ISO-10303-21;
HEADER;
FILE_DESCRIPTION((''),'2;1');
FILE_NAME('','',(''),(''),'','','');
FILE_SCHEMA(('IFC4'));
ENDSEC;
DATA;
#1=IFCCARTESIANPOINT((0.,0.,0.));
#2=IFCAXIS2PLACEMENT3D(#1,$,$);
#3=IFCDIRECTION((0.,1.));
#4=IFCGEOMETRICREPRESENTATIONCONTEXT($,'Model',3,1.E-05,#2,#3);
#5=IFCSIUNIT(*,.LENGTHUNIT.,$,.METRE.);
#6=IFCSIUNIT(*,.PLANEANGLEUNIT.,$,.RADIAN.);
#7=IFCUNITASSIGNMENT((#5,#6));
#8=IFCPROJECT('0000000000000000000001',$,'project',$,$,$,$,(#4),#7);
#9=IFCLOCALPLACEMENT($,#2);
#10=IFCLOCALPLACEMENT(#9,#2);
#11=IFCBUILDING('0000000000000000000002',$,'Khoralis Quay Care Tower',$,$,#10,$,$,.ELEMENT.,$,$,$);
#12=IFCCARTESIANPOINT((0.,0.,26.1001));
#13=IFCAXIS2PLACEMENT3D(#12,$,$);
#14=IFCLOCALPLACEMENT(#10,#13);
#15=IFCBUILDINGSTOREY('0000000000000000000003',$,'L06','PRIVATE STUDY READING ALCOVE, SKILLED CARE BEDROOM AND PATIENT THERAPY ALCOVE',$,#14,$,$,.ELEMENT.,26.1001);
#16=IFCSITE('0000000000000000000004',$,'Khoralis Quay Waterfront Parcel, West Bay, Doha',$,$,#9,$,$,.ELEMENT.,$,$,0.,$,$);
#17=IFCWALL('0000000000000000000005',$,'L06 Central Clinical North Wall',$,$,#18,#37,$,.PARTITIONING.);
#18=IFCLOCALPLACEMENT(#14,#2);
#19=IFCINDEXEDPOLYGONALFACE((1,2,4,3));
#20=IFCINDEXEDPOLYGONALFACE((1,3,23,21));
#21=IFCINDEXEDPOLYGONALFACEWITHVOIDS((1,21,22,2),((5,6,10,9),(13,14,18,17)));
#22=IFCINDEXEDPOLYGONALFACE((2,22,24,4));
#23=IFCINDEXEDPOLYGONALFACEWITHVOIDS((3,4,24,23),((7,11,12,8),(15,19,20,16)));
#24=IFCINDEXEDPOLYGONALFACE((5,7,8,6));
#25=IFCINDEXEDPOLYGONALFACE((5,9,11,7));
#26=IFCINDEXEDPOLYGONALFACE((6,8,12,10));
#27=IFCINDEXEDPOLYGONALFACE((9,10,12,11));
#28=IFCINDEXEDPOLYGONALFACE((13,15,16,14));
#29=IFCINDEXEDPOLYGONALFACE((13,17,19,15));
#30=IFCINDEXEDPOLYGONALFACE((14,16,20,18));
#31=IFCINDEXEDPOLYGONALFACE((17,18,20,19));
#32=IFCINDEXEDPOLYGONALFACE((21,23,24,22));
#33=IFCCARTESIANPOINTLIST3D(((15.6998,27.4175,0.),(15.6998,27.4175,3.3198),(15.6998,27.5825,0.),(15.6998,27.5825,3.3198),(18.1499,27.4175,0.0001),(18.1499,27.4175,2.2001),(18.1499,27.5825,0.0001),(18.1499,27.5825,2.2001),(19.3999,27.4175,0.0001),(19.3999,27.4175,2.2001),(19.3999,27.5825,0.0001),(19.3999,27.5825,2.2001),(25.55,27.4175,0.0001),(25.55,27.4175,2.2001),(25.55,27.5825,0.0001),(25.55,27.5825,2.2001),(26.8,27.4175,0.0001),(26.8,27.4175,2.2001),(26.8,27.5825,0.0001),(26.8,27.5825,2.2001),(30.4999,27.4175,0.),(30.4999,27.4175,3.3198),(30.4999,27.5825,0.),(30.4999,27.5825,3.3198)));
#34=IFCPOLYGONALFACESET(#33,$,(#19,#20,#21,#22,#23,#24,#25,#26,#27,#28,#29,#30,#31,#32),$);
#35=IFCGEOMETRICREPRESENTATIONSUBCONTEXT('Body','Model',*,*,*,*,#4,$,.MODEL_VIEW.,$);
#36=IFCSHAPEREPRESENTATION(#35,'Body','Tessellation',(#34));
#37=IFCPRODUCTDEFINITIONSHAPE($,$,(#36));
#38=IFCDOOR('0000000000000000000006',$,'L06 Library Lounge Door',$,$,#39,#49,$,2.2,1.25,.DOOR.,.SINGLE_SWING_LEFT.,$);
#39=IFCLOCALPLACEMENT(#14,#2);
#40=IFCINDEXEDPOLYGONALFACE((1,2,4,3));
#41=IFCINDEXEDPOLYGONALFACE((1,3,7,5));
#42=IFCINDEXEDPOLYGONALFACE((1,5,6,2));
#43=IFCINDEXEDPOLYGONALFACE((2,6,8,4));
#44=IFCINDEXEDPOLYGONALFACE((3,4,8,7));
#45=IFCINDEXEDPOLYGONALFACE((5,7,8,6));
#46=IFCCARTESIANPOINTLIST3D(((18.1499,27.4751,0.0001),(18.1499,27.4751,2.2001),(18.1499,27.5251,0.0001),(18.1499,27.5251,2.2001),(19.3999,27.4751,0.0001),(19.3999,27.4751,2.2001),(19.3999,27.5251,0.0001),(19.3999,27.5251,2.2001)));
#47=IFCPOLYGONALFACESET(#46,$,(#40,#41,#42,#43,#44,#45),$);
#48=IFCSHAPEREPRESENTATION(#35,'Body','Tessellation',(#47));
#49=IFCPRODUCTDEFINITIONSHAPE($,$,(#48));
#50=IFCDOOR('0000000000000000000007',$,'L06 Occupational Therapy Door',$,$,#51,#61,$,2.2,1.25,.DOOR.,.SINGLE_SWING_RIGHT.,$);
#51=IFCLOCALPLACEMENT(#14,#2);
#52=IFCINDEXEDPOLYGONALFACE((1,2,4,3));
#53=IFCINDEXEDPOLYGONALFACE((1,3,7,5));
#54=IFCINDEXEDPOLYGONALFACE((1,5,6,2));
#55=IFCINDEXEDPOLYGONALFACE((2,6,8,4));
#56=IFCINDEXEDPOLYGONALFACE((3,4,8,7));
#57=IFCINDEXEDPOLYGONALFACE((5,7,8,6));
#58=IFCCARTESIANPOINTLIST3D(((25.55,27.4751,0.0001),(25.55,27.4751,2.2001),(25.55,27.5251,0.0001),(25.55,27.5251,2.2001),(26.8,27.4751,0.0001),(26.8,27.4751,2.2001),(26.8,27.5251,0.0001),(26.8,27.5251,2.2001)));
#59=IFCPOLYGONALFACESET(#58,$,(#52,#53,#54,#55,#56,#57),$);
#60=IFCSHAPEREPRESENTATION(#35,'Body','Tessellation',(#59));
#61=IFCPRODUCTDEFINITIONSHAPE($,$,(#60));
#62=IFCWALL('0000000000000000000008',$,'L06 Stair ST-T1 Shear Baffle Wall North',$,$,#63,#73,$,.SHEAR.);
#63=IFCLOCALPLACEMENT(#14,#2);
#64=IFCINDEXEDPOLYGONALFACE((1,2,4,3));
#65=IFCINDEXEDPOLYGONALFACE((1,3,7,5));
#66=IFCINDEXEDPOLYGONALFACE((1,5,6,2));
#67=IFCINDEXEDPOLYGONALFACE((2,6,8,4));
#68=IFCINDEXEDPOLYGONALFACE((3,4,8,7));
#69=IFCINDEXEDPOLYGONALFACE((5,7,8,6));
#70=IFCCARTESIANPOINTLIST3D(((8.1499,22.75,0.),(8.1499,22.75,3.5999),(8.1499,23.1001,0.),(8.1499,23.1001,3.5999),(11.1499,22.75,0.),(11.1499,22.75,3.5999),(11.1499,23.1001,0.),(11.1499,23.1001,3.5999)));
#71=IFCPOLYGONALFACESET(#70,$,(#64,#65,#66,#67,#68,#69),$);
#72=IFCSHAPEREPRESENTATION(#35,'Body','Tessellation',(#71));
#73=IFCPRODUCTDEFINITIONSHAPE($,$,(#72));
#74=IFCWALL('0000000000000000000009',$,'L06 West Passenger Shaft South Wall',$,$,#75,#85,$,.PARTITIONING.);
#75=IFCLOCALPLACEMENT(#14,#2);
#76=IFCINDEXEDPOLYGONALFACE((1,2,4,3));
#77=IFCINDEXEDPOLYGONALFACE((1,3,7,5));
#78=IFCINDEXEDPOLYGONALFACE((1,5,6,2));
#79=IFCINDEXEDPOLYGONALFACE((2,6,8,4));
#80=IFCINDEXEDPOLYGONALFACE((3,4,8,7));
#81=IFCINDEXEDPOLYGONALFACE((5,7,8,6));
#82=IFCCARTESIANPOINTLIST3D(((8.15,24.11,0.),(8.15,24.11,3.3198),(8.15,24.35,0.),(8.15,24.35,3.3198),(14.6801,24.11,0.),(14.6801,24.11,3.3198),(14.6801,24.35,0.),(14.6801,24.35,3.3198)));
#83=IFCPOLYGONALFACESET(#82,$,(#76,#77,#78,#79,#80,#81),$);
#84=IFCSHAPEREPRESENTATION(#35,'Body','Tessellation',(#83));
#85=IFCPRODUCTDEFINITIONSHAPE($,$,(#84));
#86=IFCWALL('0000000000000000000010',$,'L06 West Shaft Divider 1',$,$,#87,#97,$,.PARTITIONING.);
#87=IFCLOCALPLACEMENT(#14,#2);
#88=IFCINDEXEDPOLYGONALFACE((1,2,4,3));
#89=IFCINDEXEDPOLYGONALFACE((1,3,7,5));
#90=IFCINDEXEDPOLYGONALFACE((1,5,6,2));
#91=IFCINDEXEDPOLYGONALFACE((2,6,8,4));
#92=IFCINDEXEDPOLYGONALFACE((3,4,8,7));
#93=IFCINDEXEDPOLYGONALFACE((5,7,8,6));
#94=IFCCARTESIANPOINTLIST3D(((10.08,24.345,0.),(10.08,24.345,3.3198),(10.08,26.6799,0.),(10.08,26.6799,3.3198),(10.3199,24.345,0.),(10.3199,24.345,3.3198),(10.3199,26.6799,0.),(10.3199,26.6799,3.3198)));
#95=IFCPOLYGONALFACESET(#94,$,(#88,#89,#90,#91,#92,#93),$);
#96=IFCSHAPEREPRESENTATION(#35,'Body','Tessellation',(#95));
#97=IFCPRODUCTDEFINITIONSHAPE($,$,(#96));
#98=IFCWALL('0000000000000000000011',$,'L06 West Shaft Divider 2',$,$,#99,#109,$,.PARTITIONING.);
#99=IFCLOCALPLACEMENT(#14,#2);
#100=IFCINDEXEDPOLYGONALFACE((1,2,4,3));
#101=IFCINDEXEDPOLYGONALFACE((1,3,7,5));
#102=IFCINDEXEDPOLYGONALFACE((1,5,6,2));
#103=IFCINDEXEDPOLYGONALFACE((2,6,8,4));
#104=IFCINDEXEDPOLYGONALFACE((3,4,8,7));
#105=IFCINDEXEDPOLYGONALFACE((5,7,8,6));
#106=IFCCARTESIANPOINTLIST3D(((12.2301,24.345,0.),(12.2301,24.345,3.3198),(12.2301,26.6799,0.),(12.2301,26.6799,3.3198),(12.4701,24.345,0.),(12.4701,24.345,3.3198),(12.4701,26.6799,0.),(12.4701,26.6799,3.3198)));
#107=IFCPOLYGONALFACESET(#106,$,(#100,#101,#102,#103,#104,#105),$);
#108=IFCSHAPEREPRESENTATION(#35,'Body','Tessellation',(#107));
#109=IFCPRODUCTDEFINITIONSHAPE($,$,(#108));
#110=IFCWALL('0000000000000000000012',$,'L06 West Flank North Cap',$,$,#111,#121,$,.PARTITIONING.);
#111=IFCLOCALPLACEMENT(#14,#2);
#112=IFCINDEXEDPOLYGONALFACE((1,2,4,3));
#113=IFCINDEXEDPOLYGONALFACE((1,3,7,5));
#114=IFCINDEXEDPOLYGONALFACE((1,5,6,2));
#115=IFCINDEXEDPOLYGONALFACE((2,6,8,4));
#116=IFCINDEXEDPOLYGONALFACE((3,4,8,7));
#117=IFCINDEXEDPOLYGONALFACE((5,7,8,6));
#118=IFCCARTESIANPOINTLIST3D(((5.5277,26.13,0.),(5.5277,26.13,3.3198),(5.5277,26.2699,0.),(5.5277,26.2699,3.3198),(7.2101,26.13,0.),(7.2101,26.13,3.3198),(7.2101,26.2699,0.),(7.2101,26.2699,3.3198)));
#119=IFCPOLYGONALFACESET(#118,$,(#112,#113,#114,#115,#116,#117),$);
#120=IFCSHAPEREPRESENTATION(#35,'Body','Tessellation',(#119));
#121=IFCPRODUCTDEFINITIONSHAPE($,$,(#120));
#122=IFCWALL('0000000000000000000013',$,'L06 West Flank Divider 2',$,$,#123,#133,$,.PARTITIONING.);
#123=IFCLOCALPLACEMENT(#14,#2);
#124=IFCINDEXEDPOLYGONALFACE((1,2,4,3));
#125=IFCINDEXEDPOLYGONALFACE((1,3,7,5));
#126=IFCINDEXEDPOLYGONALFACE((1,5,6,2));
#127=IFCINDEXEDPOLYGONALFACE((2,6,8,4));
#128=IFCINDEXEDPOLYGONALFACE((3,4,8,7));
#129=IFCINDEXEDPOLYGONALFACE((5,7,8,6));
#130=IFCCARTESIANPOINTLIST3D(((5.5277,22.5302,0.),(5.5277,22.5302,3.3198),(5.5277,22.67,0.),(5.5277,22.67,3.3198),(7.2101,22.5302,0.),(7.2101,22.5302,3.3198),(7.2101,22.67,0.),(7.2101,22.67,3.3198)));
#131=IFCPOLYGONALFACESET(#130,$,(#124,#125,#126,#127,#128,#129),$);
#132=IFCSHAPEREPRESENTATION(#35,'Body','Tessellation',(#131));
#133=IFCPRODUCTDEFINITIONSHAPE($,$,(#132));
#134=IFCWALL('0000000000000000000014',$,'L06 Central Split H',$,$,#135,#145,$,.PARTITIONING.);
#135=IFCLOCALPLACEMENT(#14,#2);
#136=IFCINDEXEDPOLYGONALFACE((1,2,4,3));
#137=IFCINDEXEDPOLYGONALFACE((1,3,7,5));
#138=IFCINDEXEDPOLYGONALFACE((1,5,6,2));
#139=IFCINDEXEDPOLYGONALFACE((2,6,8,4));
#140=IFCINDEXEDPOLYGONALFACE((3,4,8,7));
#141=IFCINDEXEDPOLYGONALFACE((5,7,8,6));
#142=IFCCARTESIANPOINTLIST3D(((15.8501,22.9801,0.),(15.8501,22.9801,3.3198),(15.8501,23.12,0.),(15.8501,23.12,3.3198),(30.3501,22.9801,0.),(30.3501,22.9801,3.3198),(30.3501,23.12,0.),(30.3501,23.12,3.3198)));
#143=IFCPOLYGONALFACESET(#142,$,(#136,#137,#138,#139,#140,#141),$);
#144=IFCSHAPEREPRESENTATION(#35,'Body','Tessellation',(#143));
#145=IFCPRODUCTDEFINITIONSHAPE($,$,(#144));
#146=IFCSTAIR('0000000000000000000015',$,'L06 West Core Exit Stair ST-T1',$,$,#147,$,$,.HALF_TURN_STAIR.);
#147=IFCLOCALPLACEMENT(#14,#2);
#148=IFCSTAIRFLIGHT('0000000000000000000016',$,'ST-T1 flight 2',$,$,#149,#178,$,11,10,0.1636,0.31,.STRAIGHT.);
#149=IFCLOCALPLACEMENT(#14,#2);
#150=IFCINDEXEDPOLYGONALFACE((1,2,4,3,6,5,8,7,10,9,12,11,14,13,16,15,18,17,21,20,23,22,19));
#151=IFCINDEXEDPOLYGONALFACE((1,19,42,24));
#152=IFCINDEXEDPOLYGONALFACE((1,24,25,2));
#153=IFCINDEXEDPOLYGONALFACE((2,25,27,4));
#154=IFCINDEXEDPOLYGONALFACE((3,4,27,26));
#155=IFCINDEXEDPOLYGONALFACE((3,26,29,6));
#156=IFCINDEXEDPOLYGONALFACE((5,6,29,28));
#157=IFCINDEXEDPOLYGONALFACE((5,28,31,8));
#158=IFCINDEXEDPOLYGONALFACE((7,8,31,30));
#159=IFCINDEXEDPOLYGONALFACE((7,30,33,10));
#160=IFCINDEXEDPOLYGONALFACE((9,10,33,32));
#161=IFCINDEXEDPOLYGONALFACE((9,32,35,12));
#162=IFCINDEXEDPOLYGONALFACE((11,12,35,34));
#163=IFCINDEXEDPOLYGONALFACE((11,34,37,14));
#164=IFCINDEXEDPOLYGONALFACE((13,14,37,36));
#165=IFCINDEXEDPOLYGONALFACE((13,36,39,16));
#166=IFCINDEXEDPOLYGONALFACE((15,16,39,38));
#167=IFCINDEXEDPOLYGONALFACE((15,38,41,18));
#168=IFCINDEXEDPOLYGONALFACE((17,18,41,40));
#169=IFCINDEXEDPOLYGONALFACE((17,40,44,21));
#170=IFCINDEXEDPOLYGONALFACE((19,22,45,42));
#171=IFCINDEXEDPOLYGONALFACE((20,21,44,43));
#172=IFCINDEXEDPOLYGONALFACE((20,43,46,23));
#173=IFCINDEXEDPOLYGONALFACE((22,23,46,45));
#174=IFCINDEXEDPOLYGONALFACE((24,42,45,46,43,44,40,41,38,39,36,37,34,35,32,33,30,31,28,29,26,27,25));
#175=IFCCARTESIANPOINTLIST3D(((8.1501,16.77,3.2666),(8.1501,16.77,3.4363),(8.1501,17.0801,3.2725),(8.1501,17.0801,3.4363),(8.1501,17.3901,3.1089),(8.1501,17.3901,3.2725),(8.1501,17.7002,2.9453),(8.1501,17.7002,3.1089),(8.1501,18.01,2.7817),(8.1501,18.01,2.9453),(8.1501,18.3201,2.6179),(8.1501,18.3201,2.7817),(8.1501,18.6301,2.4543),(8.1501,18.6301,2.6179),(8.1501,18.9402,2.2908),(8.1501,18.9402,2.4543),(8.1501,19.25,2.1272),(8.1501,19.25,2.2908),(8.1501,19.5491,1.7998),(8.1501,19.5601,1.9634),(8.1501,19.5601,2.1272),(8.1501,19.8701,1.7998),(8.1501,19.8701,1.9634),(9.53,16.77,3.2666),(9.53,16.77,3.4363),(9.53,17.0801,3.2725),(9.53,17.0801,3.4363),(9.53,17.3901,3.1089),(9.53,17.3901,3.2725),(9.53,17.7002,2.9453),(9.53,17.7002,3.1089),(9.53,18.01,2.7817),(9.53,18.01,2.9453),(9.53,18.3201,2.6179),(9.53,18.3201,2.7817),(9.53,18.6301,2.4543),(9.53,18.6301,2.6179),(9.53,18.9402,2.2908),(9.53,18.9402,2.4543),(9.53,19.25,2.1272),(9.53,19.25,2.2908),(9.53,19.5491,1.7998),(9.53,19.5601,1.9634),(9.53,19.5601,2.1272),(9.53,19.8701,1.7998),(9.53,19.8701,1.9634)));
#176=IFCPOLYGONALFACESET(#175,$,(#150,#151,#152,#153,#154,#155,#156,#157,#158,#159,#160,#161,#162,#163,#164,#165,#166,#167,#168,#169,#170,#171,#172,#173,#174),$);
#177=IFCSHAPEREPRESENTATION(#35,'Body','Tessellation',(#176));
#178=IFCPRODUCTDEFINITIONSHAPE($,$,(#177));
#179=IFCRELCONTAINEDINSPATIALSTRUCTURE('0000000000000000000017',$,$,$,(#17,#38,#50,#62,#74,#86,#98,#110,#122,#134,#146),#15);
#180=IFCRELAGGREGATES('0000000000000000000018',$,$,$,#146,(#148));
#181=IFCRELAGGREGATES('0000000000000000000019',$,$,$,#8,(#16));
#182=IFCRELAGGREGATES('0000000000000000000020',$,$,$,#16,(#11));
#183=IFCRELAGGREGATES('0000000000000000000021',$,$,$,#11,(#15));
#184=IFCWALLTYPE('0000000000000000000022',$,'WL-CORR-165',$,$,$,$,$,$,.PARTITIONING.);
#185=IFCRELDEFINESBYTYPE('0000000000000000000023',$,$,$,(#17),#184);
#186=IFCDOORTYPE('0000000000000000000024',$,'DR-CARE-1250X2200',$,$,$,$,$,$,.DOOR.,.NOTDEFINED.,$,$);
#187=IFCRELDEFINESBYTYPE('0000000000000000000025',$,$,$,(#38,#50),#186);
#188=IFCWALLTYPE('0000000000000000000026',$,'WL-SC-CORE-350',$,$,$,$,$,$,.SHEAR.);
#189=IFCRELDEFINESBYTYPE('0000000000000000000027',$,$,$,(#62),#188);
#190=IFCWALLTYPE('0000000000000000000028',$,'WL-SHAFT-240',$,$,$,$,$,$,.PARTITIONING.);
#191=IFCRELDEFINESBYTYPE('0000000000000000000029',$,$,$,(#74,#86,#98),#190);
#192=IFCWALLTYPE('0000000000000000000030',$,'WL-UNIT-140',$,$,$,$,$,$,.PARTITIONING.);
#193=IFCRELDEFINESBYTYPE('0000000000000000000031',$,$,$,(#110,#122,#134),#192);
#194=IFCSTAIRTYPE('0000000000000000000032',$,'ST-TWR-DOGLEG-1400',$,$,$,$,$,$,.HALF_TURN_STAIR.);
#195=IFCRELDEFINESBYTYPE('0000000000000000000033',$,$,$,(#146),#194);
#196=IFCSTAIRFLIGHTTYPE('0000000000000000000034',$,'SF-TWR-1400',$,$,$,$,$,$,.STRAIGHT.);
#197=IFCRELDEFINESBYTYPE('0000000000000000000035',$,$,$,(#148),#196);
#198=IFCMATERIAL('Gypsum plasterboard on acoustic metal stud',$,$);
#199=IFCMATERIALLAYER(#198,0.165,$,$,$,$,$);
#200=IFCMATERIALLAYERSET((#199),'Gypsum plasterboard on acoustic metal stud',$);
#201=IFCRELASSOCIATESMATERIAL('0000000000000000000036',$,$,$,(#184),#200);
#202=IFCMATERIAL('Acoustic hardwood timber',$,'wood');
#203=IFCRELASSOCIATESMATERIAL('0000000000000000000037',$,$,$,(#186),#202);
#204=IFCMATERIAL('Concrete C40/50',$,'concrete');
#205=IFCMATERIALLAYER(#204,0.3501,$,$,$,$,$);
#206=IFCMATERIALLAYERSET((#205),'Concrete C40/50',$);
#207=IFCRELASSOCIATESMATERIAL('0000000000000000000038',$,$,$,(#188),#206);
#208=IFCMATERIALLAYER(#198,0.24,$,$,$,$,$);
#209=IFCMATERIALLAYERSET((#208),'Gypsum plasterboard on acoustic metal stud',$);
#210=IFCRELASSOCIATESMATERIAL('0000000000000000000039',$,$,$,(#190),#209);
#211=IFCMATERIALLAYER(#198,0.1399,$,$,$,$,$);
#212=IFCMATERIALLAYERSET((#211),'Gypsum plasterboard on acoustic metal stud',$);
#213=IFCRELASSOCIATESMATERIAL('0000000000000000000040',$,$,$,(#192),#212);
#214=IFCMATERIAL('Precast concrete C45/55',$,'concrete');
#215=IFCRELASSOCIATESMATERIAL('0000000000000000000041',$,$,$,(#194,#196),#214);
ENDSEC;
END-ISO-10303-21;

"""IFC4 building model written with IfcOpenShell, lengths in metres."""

from ifc_helpers import new_model, si_unit, direction, frame, frame_2d, origin, place, context, subcontext, project, spatial, polyline, rectangle, outline, extrude, source, transform, mapped, material, layer, layer_set, type_object, element, fill, aggregate, save


model = new_model("IFC4")

# Units and contexts
model_context = context("Model", 3, precision=1e-05, world=origin(), true_north=direction((0.0, 1.0)))
body_context = subcontext(model_context, "Body", "Model", "MODEL_VIEW")
ifc_project = project(units=[si_unit("LENGTHUNIT", "METRE"), si_unit("PLANEANGLEUNIT", "RADIAN")], contexts=[model_context])

# Site, building, storey
site_placement = place(None, origin())
site = spatial("IfcSite", under=ifc_project, at=site_placement, Name="Khoralis Quay Waterfront Parcel, West Bay, Doha", CompositionType="ELEMENT", RefElevation=0.0)
building_placement = place(site_placement, origin())
building = spatial("IfcBuilding", under=site, at=building_placement, Name="Khoralis Quay Care Tower", CompositionType="ELEMENT")
storey_placement = place(building_placement, frame((0.0, 0.0, 26.1001)))
storey = spatial("IfcBuildingStorey", under=building, at=storey_placement, Name="L06", Description="PRIVATE STUDY READING ALCOVE, SKILLED CARE BEDROOM AND PATIENT THERAPY ALCOVE", CompositionType="ELEMENT", Elevation=26.1001)

# Shared definitions
ifc_material_1 = material(Name="Gypsum plasterboard on acoustic metal stud")
ifc_layer_1 = layer(ifc_material_1, 0.165)
ifc_layer_set_1 = layer_set([ifc_layer_1], Name="Gypsum plasterboard on acoustic metal stud")
wall_type_1 = type_object("IfcWallType", Name="WL-CORR-165", PredefinedType="PARTITIONING", material=ifc_layer_set_1)

# Wall, openings, doors
wall_1_placement = place(storey_placement, frame((15.7, 27.5, 0.0), z_axis=(0.0, 0.0, 1.0), x_axis=(1.0, 0.0, 0.0)))
wall_1 = element("IfcWall", 1, at=wall_1_placement, inside=storey, type_object=wall_type_1, Name="L06 Central Clinical North Wall", PredefinedType="PARTITIONING", context=body_context, shape_type="SweptSolid", body=[
    extrude(rectangle(XDim=14.8, YDim=0.165, at=frame_2d((7.3999, 0.0))), origin(), (0.0, 0.0, 1.0), 3.3198),
])
opening_1_placement = place(wall_1_placement, frame((2.45, 0.0, 0.0)))
opening_1 = element("IfcOpeningElement", 2, at=opening_1_placement, cuts=wall_1, PredefinedType="OPENING", context=body_context, shape_type="SweptSolid", body=[
    extrude(rectangle(XDim=1.25, YDim=2.2, at=frame_2d((0.625, 1.1001))), frame((0.0, 0.0925, 0.0), z_axis=(0.0, -1.0, 0.0), x_axis=(1.0, 0.0, 0.0)), (0.0, 0.0, 1.0), 0.1851),
])
opening_2_placement = place(wall_1_placement, frame((9.8501, 0.0, 0.0)))
opening_2 = element("IfcOpeningElement", 3, at=opening_2_placement, cuts=wall_1, PredefinedType="OPENING", context=body_context, shape_type="SweptSolid", body=[
    extrude(rectangle(XDim=1.25, YDim=2.2, at=frame_2d((0.625, 1.1001))), frame((0.0, 0.0925, 0.0), z_axis=(0.0, -1.0, 0.0), x_axis=(1.0, 0.0, 0.0)), (0.0, 0.0, 1.0), 0.1851),
])
ifc_material_2 = material(Name="Acoustic hardwood timber", Category="wood")
door_type_1 = type_object("IfcDoorType", Name="DR-CARE-1250X2200", OperationType="NOTDEFINED", PredefinedType="DOOR", material=ifc_material_2)
shared_shape_1 = source(origin(), body_context, "Body", "SweptSolid", [
    extrude(rectangle(XDim=1.25, YDim=2.2, at=frame_2d((0.625, 1.1001))), frame((0.0, 0.0249, 0.0), z_axis=(0.0, -1.0, 0.0), x_axis=(1.0, 0.0, 0.0)), (0.0, 0.0, 1.0), 0.05),
])
door_1_placement = place(opening_1_placement, frame((1.25, 0.0, 0.0), z_axis=(0.0, 0.0, 1.0), x_axis=(-1.0, 0.0, 0.0)))
door_1 = element("IfcDoor", 4, at=door_1_placement, inside=storey, type_object=door_type_1, Name="L06 Library Lounge Door", OperationType="SINGLE_SWING_LEFT", OverallHeight=2.2, OverallWidth=1.25, PredefinedType="DOOR", context=body_context, shape_type="MappedRepresentation", body=[
    mapped(shared_shape_1, transform((0.0, 0.0, 0.0), scale=1.0)),
])
fill(opening_1, door_1)
door_2_placement = place(opening_2_placement, frame((1.25, 0.0, 0.0), z_axis=(0.0, 0.0, 1.0), x_axis=(-1.0, 0.0, 0.0)))
door_2 = element("IfcDoor", 5, at=door_2_placement, inside=storey, type_object=door_type_1, Name="L06 Occupational Therapy Door", OperationType="SINGLE_SWING_RIGHT", OverallHeight=2.2, OverallWidth=1.25, PredefinedType="DOOR", context=body_context, shape_type="MappedRepresentation", body=[
    mapped(shared_shape_1, transform((0.0, 0.0, 0.0), scale=1.0)),
])
fill(opening_2, door_2)

# Walls
ifc_material_3 = material(Name="Concrete C40/50", Category="concrete")
ifc_layer_2 = layer(ifc_material_3, 0.3501)
ifc_layer_set_2 = layer_set([ifc_layer_2], Name="Concrete C40/50")
wall_type_2 = type_object("IfcWallType", Name="WL-SC-CORE-350", PredefinedType="SHEAR", material=ifc_layer_set_2)
wall_2_placement = place(storey_placement, frame((8.1499, 22.925, 0.0), z_axis=(0.0, 0.0, 1.0), x_axis=(1.0, 0.0, 0.0)))
element("IfcWall", 6, at=wall_2_placement, inside=storey, type_object=wall_type_2, Name="L06 Stair ST-T1 Shear Baffle Wall North", PredefinedType="SHEAR", context=body_context, shape_type="SweptSolid", body=[
    extrude(rectangle(XDim=3.0, YDim=0.3501, at=frame_2d((1.5, 0.0))), origin(), (0.0, 0.0, 1.0), 3.5999),
])
ifc_layer_3 = layer(ifc_material_1, 0.24)
ifc_layer_set_3 = layer_set([ifc_layer_3], Name="Gypsum plasterboard on acoustic metal stud")
wall_type_3 = type_object("IfcWallType", Name="WL-SHAFT-240", PredefinedType="PARTITIONING", material=ifc_layer_set_3)
wall_3_placement = place(storey_placement, frame((8.1499, 24.23, 0.0), z_axis=(0.0, 0.0, 1.0), x_axis=(1.0, 0.0, 0.0)))
element("IfcWall", 7, at=wall_3_placement, inside=storey, type_object=wall_type_3, Name="L06 West Passenger Shaft South Wall", PredefinedType="PARTITIONING", context=body_context, shape_type="SweptSolid", body=[
    extrude(rectangle(XDim=6.53, YDim=0.24, at=frame_2d((3.2651, 0.0))), origin(), (0.0, 0.0, 1.0), 3.3198),
])
for number, where, z_axis, x_axis, name in (
    (8, (10.2, 24.345, 0.0), (0.0, 0.0, 1.0), (0.0, 1.0, 0.0), "L06 West Shaft Divider 1"),
    (9, (12.3501, 24.345, 0.0), (0.0, 0.0, 1.0), (0.0, 1.0, 0.0), "L06 West Shaft Divider 2"),
):
    element("IfcWall", number, at=place(storey_placement, frame(where, z_axis=z_axis, x_axis=x_axis)), inside=storey, type_object=wall_type_3, Name=name, PredefinedType="PARTITIONING", context=body_context, shape_type="SweptSolid", body=[
        extrude(rectangle(XDim=2.335, YDim=0.24, at=frame_2d((1.1675, 0.0))), origin(), (0.0, 0.0, 1.0), 3.3198),
    ])
ifc_layer_4 = layer(ifc_material_1, 0.1399)
ifc_layer_set_4 = layer_set([ifc_layer_4], Name="Gypsum plasterboard on acoustic metal stud")
wall_type_4 = type_object("IfcWallType", Name="WL-UNIT-140", PredefinedType="PARTITIONING", material=ifc_layer_set_4)
for number, where, z_axis, x_axis, name in (
    (10, (5.5276, 26.2, 0.0), (0.0, 0.0, 1.0), (1.0, 0.0, 0.0), "L06 West Flank North Cap"),
    (11, (5.5276, 22.6001, 0.0), (0.0, 0.0, 1.0), (1.0, 0.0, 0.0), "L06 West Flank Divider 2"),
):
    element("IfcWall", number, at=place(storey_placement, frame(where, z_axis=z_axis, x_axis=x_axis)), inside=storey, type_object=wall_type_4, Name=name, PredefinedType="PARTITIONING", context=body_context, shape_type="SweptSolid", body=[
        extrude(rectangle(XDim=1.6824, YDim=0.1399, at=frame_2d((0.8413, 0.0))), origin(), (0.0, 0.0, 1.0), 3.3198),
    ])
wall_4_placement = place(storey_placement, frame((15.8501, 23.05, 0.0), z_axis=(0.0, 0.0, 1.0), x_axis=(1.0, 0.0, 0.0)))
element("IfcWall", 12, at=wall_4_placement, inside=storey, type_object=wall_type_4, Name="L06 Central Split H", PredefinedType="PARTITIONING", context=body_context, shape_type="SweptSolid", body=[
    extrude(rectangle(XDim=14.5, YDim=0.1399, at=frame_2d((7.25, 0.0))), origin(), (0.0, 0.0, 1.0), 3.3198),
])

# Stair, stair flight
ifc_material_4 = material(Name="Precast concrete C45/55", Category="concrete")
stair_type = type_object("IfcStairType", Name="ST-TWR-DOGLEG-1400", PredefinedType="HALF_TURN_STAIR", material=ifc_material_4)
stair_placement = place(storey_placement, origin())
stair = element("IfcStair", 13, at=stair_placement, inside=storey, type_object=stair_type, Name="L06 West Core Exit Stair ST-T1", PredefinedType="HALF_TURN_STAIR")
stair_flight_type = type_object("IfcStairFlightType", Name="SF-TWR-1400", PredefinedType="STRAIGHT", material=ifc_material_4)
shared_shape_2 = source(origin(), body_context, "Body", "SweptSolid", [
    extrude(outline(polyline([(0.0, 0.0), (0.0, 0.1636), (0.3101, 0.1636), (0.3101, 0.3274), (0.6201, 0.3274), (0.6201, 0.491), (0.9299, 0.491), (0.9299, 0.6545), (1.24, 0.6545), (1.24, 0.8181), (1.55, 0.8181), (1.55, 0.9819), (1.8601, 0.9819), (1.8601, 1.1455), (2.1699, 1.1455), (2.1699, 1.3091), (2.48, 1.3091), (2.48, 1.4727), (2.79, 1.4727), (2.79, 1.6365), (3.1001, 1.6365), (3.1001, 1.8), (3.1001, 1.4668), (0.321, 0.0), (0.0, 0.0)])), frame((0.0, 0.6899, 0.0), z_axis=(0.0, -1.0, 0.0), x_axis=(1.0, 0.0, 0.0)), (0.0, 0.0, 1.0), 1.3799),
])
stair_flight_placement = place(storey_placement, frame((8.8401, 19.8701, 1.7998), z_axis=(0.0, 0.0, 1.0), x_axis=(0.0, -1.0, 0.0)))
stair_flight = element("IfcStairFlight", 14, at=stair_flight_placement, type_object=stair_flight_type, Name="ST-T1 flight 2", NumberOfRisers=11, NumberOfTreads=10, PredefinedType="STRAIGHT", RiserHeight=0.1636, TreadLength=0.31, context=body_context, shape_type="MappedRepresentation", body=[
    mapped(shared_shape_2, transform((0.0, 0.0, 0.0), scale=1.0)),
])
aggregate(stair, [stair_flight])

save(model, "model.ifc")
